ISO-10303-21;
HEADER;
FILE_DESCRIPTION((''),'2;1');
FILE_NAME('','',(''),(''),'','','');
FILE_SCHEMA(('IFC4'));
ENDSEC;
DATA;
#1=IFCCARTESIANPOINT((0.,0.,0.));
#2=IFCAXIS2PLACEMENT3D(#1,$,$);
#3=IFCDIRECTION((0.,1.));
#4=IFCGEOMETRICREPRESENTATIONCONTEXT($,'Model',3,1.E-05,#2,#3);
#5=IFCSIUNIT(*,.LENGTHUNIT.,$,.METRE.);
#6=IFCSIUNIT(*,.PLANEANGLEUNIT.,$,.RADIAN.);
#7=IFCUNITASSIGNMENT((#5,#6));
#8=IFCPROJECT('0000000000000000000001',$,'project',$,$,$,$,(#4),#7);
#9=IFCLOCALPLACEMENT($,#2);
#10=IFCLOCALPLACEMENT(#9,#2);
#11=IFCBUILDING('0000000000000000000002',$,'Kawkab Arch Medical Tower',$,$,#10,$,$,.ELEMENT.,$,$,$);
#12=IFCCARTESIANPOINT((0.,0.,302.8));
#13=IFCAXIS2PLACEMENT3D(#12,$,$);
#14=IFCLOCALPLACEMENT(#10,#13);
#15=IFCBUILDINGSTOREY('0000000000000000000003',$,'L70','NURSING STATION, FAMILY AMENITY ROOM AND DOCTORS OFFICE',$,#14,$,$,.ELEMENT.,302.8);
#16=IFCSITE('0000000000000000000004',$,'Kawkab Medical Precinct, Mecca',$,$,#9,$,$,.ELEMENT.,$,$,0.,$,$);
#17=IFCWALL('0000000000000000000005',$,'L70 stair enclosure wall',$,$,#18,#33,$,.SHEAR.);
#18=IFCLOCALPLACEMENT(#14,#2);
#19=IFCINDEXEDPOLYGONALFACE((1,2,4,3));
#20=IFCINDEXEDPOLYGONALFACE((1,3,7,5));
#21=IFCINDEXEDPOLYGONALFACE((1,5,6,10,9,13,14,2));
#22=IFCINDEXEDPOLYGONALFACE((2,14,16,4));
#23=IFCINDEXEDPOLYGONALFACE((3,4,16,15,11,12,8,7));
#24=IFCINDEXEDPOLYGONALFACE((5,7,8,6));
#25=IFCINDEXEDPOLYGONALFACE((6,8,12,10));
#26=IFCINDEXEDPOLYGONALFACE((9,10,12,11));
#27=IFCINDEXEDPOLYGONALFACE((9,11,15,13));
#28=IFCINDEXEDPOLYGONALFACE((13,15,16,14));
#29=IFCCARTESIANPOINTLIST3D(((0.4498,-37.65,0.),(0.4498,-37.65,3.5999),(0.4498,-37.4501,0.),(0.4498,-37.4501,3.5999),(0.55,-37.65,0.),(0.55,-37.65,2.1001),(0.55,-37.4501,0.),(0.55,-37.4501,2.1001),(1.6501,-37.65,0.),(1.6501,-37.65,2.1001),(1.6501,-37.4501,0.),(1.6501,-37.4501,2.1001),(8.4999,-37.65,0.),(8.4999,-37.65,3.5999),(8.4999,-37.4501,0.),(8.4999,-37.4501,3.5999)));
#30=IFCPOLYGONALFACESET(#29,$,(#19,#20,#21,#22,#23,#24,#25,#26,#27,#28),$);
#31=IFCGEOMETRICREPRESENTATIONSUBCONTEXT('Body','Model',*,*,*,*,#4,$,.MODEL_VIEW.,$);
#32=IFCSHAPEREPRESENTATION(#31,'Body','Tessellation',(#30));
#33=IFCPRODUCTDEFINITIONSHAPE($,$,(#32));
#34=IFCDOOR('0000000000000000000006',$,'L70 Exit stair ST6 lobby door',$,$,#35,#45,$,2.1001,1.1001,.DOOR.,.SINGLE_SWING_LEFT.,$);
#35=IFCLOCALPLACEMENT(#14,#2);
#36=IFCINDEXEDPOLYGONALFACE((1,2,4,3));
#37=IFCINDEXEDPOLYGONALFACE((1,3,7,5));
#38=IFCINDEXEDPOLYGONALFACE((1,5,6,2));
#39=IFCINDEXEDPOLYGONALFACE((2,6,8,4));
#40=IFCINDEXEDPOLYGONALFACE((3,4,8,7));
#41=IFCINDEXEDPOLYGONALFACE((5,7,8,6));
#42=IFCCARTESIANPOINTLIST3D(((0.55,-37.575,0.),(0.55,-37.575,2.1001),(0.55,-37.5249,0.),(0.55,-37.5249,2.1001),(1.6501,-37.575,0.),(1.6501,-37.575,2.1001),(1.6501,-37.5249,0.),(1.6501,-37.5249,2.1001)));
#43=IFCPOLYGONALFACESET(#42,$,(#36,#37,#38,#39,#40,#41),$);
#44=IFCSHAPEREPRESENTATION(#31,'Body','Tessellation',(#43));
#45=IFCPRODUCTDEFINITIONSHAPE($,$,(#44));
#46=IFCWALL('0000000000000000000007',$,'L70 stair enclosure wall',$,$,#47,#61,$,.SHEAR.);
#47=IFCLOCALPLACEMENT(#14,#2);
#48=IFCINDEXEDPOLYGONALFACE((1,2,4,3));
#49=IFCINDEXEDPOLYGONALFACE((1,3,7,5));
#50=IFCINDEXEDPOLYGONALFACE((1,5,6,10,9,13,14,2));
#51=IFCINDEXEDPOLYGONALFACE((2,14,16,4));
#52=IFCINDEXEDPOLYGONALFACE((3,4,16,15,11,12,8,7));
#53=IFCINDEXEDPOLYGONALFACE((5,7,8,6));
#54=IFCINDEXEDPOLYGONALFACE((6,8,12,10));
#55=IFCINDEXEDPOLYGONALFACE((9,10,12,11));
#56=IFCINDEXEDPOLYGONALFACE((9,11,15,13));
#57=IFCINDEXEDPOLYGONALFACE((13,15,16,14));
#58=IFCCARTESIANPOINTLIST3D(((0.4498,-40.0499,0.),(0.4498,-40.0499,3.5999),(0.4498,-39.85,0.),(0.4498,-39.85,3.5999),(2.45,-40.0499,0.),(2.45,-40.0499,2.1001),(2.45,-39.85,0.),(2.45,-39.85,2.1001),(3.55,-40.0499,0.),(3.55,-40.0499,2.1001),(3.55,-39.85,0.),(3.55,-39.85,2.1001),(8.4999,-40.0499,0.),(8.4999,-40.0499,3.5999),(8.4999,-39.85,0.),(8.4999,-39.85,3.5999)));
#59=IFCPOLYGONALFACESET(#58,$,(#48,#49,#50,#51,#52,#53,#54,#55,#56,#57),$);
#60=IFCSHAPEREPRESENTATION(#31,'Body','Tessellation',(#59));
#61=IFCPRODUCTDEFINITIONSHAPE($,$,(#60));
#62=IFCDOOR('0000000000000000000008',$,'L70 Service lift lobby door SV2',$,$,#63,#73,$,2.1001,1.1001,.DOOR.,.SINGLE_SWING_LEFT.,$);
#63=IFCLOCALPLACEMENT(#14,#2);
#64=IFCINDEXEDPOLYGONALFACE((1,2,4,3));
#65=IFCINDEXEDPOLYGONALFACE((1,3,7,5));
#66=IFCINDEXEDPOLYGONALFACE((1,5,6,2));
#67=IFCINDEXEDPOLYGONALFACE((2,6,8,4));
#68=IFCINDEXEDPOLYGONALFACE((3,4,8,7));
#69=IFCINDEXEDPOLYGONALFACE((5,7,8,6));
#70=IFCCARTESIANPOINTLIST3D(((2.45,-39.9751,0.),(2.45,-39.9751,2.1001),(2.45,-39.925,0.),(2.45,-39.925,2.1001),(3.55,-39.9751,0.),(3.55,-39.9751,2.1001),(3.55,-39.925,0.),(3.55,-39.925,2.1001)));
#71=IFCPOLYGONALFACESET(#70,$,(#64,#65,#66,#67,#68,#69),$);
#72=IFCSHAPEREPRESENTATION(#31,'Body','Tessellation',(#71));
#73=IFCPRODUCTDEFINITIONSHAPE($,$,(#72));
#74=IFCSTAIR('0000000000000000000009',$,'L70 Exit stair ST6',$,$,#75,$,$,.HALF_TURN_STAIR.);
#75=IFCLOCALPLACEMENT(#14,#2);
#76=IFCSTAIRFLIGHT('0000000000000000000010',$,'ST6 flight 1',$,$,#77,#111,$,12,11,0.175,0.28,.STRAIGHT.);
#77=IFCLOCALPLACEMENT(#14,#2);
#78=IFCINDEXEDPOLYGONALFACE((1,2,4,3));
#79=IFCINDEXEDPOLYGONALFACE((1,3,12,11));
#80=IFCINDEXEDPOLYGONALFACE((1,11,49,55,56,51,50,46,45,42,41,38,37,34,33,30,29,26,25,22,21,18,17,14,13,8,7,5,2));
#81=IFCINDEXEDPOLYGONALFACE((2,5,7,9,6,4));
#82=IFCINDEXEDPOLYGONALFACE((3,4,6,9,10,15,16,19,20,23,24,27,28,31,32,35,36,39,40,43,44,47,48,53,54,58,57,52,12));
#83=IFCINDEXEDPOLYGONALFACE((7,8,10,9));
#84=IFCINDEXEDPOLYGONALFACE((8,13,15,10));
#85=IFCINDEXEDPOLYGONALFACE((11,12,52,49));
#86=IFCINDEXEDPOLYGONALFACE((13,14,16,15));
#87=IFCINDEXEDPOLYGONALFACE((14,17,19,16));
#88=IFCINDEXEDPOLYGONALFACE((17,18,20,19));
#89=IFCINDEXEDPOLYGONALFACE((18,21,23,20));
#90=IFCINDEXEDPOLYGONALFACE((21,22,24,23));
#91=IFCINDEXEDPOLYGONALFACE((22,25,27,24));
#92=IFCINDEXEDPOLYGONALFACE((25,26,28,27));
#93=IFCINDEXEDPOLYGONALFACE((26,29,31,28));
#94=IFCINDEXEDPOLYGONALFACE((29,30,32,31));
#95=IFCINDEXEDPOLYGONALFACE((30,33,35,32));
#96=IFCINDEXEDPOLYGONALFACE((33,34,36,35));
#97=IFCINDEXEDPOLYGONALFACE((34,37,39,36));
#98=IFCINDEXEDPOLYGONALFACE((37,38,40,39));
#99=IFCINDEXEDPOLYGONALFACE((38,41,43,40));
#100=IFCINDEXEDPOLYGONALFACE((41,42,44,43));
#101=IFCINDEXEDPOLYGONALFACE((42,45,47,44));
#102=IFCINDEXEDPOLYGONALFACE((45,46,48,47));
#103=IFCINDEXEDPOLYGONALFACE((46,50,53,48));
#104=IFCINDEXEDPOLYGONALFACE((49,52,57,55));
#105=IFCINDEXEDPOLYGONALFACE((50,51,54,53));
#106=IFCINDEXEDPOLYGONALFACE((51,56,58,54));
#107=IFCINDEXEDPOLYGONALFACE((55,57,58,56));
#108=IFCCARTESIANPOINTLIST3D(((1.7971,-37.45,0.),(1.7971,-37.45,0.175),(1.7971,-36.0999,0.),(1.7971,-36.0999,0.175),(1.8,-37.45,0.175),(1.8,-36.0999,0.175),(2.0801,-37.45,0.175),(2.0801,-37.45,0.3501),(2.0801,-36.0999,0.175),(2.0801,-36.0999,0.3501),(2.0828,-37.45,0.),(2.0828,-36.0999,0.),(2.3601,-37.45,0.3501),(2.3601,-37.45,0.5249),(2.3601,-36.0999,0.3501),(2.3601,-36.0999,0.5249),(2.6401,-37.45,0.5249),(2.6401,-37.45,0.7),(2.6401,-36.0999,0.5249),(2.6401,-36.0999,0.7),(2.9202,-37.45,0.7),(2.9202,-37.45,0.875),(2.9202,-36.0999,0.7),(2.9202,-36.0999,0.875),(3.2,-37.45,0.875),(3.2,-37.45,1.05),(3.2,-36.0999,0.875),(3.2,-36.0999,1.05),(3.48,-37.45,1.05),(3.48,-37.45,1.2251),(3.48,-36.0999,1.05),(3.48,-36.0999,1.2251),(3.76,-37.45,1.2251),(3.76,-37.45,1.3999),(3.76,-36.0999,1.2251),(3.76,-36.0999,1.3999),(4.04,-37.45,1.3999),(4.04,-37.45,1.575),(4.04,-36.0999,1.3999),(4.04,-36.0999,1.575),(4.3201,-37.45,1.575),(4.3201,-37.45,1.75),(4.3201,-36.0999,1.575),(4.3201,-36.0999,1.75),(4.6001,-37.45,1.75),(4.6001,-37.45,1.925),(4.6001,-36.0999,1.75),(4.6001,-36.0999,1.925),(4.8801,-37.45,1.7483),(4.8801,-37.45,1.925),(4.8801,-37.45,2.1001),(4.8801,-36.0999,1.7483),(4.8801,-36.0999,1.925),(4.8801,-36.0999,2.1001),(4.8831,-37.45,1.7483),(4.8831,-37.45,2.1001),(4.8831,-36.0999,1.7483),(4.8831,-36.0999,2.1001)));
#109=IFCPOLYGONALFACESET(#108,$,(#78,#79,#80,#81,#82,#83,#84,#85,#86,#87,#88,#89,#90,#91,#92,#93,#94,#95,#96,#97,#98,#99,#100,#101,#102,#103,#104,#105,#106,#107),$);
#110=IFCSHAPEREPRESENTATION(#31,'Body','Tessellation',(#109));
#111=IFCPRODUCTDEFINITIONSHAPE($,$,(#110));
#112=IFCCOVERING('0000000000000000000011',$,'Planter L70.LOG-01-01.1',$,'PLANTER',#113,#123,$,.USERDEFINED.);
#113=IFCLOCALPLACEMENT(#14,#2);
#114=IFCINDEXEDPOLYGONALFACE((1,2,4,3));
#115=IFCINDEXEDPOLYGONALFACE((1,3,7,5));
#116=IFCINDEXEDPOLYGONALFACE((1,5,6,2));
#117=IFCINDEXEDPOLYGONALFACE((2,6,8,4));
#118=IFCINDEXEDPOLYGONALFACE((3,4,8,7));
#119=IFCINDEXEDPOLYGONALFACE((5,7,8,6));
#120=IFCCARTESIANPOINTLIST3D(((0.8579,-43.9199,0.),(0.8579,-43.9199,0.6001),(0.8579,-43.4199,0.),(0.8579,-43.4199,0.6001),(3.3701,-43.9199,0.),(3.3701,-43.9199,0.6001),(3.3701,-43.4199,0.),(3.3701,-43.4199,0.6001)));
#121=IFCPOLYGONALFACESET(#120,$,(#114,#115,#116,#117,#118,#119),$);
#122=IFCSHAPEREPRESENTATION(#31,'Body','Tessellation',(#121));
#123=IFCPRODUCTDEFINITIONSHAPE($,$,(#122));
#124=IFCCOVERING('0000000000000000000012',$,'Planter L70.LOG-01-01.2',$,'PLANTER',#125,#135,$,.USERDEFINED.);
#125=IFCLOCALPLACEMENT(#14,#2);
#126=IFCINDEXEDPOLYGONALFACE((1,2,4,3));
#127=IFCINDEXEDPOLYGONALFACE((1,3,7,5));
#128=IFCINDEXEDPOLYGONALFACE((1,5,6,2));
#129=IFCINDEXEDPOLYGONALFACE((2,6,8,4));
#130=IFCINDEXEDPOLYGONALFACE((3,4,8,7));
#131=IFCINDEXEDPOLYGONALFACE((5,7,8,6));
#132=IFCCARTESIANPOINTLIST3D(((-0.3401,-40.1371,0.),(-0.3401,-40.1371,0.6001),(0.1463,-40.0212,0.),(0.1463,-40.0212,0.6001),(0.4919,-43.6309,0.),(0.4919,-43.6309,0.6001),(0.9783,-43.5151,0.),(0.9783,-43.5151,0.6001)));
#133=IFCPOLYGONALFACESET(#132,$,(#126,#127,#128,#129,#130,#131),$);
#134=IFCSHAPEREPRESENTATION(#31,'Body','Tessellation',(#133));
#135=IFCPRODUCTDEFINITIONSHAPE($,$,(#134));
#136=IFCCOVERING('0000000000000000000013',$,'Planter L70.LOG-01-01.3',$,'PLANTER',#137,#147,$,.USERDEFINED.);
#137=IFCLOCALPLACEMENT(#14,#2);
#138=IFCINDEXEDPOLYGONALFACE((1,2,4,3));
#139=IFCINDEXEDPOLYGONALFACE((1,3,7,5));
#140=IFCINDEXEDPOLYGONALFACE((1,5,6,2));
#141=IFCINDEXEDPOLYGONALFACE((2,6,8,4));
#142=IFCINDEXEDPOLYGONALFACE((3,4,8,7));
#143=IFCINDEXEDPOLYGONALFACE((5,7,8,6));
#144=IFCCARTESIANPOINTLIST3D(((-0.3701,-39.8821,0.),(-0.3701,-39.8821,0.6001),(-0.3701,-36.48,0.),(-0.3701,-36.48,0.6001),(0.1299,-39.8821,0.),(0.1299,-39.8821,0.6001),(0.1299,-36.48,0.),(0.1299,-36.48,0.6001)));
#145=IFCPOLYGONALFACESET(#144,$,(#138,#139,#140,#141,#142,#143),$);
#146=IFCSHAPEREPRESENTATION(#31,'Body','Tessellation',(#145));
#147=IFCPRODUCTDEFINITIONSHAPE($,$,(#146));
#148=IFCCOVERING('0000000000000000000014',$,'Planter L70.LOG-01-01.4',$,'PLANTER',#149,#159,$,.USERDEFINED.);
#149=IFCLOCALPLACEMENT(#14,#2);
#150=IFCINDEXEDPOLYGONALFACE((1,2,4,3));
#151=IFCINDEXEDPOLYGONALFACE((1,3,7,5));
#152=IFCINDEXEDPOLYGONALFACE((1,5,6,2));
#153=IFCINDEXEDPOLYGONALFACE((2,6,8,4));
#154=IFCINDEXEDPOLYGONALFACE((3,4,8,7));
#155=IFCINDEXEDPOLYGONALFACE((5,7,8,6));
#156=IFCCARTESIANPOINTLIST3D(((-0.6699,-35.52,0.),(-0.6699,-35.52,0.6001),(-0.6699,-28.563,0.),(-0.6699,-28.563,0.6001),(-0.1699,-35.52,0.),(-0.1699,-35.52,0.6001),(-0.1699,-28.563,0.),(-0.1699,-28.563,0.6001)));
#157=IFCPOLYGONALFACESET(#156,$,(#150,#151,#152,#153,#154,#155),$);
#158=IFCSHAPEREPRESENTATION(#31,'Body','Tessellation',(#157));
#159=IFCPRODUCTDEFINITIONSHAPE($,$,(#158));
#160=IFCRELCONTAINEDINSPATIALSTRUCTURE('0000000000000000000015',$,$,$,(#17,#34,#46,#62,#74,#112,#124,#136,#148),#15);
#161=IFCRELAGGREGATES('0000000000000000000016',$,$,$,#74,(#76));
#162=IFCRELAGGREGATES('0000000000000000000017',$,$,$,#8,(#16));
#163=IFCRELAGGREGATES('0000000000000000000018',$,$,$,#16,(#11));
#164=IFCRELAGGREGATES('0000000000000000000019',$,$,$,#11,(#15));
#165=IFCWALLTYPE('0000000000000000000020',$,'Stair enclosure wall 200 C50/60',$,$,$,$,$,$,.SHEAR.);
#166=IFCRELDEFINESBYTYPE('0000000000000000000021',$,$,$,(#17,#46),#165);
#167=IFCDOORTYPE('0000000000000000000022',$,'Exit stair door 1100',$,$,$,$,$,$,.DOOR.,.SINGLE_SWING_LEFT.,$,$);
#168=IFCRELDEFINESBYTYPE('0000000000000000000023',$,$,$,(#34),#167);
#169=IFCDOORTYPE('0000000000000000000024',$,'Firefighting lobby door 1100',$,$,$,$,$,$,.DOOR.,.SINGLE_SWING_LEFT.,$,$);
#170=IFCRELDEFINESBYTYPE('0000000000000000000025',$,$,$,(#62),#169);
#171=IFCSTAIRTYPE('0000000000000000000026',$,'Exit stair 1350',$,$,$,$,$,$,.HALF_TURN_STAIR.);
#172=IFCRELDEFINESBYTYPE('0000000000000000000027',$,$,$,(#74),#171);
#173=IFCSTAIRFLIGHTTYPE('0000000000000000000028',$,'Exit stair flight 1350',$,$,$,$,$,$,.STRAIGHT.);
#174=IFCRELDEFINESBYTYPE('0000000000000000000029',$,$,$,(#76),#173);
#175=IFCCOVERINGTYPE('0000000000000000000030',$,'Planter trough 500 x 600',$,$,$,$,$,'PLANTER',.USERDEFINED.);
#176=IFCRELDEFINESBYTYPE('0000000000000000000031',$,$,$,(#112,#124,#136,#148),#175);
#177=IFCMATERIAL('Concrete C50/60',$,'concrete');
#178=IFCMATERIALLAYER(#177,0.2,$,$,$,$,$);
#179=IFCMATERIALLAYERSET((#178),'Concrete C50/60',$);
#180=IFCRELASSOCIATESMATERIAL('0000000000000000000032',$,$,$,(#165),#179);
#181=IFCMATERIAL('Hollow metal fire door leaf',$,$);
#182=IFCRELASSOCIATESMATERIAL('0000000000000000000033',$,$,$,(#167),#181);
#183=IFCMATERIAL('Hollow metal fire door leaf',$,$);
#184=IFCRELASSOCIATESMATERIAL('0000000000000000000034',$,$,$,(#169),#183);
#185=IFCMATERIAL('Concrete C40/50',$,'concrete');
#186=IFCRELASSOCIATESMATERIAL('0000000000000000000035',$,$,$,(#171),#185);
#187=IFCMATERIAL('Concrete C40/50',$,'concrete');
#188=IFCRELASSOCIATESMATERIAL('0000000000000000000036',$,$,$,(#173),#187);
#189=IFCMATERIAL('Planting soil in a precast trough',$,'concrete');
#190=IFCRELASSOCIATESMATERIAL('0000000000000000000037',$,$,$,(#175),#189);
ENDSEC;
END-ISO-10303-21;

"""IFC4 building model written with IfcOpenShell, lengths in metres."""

from ifc_helpers import new_model, si_unit, direction, frame, frame_2d, origin, origin_2d, place, context, subcontext, project, spatial, polyline, rectangle, outline, extrude, material, layer, layer_set, material_profile, profile_set, type_object, element, fill, aggregate, save


model = new_model("IFC4")

# Units and contexts
model_context = context("Model", 3, precision=1e-05, world=origin(), true_north=direction((0.0, 1.0)))
body_context = subcontext(model_context, "Body", "Model", "MODEL_VIEW")
ifc_project = project(units=[si_unit("LENGTHUNIT", "METRE"), si_unit("PLANEANGLEUNIT", "RADIAN")], contexts=[model_context])

# Site, building, storey
site_placement = place(None, origin())
site = spatial("IfcSite", under=ifc_project, at=site_placement, Name="Kawkab Medical Precinct, Mecca", CompositionType="ELEMENT", RefElevation=0.0)
building_placement = place(site_placement, origin())
building = spatial("IfcBuilding", under=site, at=building_placement, Name="Kawkab Arch Medical Tower", CompositionType="ELEMENT")
storey_placement = place(building_placement, frame((0.0, 0.0, 302.8)))
storey = spatial("IfcBuildingStorey", under=building, at=storey_placement, Name="L70", Description="NURSING STATION, FAMILY AMENITY ROOM AND DOCTORS OFFICE", CompositionType="ELEMENT", Elevation=302.8)

# Shared definitions
placement = place(storey_placement, origin())

# Walls, openings, doors
ifc_material_1 = material(Name="Concrete C50/60", Category="concrete")
ifc_layer_1 = layer(ifc_material_1, 0.2)
ifc_layer_set_1 = layer_set([ifc_layer_1], Name="Concrete C50/60")
wall_type_1 = type_object("IfcWallType", Name="Stair enclosure wall 200 C50/60", PredefinedType="SHEAR", material=ifc_layer_set_1)
ifc_material_2 = material(Name="Hollow metal fire door leaf")
door_type_1 = type_object("IfcDoorType", Name="Exit stair door 1100", OperationType="SINGLE_SWING_LEFT", PredefinedType="DOOR", material=ifc_material_2)
wall_1_placement = place(storey_placement, frame((0.45, -37.55, 0.0), z_axis=(0.0, 0.0, 1.0), x_axis=(1.0, 0.0, 0.0)))
wall_1 = element("IfcWall", 1, at=wall_1_placement, inside=storey, type_object=wall_type_1, Name="L70 stair enclosure wall", PredefinedType="SHEAR", context=body_context, shape_type="SweptSolid", body=[
    extrude(rectangle(XDim=8.05, YDim=0.2, at=frame_2d((4.0249, 0.0))), origin(), (0.0, 0.0, 1.0), 3.5999),
])
opening_1_placement = place(wall_1_placement, frame((0.1001, 0.0, 0.0)))
opening_1 = element("IfcOpeningElement", 2, at=opening_1_placement, cuts=wall_1, PredefinedType="OPENING", context=body_context, shape_type="SweptSolid", body=[
    extrude(rectangle(XDim=1.1001, YDim=2.1001, at=frame_2d((0.55, 1.05))), frame((0.0, 0.1099, 0.0), z_axis=(0.0, -1.0, 0.0), x_axis=(1.0, 0.0, 0.0)), (0.0, 0.0, 1.0), 0.22),
])
door_1_placement = place(opening_1_placement, frame((1.1001, 0.0, 0.0), z_axis=(0.0, 0.0, 1.0), x_axis=(-1.0, 0.0, 0.0)))
door_1 = element("IfcDoor", 3, at=door_1_placement, inside=storey, type_object=door_type_1, Name="L70 Exit stair ST6 lobby door", OperationType="SINGLE_SWING_LEFT", OverallHeight=2.1001, OverallWidth=1.1001, PredefinedType="DOOR", context=body_context, shape_type="SweptSolid", body=[
    extrude(rectangle(XDim=1.1001, YDim=2.1001, at=frame_2d((0.55, 1.05))), frame((0.0, 0.0249, 0.0), z_axis=(0.0, -1.0, 0.0), x_axis=(1.0, 0.0, 0.0)), (0.0, 0.0, 1.0), 0.05),
])
fill(opening_1, door_1)
wall_2_placement = place(storey_placement, frame((0.45, -39.95, 0.0), z_axis=(0.0, 0.0, 1.0), x_axis=(1.0, 0.0, 0.0)))
wall_2 = element("IfcWall", 4, at=wall_2_placement, inside=storey, type_object=wall_type_1, Name="L70 stair enclosure wall", PredefinedType="SHEAR", context=body_context, shape_type="SweptSolid", body=[
    extrude(rectangle(XDim=8.05, YDim=0.2, at=frame_2d((4.0249, 0.0))), origin(), (0.0, 0.0, 1.0), 3.5999),
])
opening_2_placement = place(wall_2_placement, frame((2.0, 0.0, 0.0)))
opening_2 = element("IfcOpeningElement", 5, at=opening_2_placement, cuts=wall_2, PredefinedType="OPENING", context=body_context, shape_type="SweptSolid", body=[
    extrude(rectangle(XDim=1.1001, YDim=2.1001, at=frame_2d((0.55, 1.05))), frame((0.0, 0.1099, 0.0), z_axis=(0.0, -1.0, 0.0), x_axis=(1.0, 0.0, 0.0)), (0.0, 0.0, 1.0), 0.22),
])
ifc_material_3 = material(Name="Hollow metal fire door leaf")
door_type_2 = type_object("IfcDoorType", Name="Firefighting lobby door 1100", OperationType="SINGLE_SWING_LEFT", PredefinedType="DOOR", material=ifc_material_3)
door_2_placement = place(opening_2_placement, origin())
door_2 = element("IfcDoor", 6, at=door_2_placement, inside=storey, type_object=door_type_2, Name="L70 Service lift lobby door SV2", OperationType="SINGLE_SWING_LEFT", OverallHeight=2.1001, OverallWidth=1.1001, PredefinedType="DOOR", context=body_context, shape_type="SweptSolid", body=[
    extrude(rectangle(XDim=1.1001, YDim=2.1001, at=frame_2d((0.55, 1.05))), frame((0.0, 0.0249, 0.0), z_axis=(0.0, -1.0, 0.0), x_axis=(1.0, 0.0, 0.0)), (0.0, 0.0, 1.0), 0.05),
])
fill(opening_2, door_2)

# Stair, stair flight
ifc_material_4 = material(Name="Concrete C40/50", Category="concrete")
stair_type = type_object("IfcStairType", Name="Exit stair 1350", PredefinedType="HALF_TURN_STAIR", material=ifc_material_4)
stair = element("IfcStair", 7, at=placement, inside=storey, type_object=stair_type, Name="L70 Exit stair ST6", PredefinedType="HALF_TURN_STAIR")
ifc_material_5 = material(Name="Concrete C40/50", Category="concrete")
stair_flight_type = type_object("IfcStairFlightType", Name="Exit stair flight 1350", PredefinedType="STRAIGHT", material=ifc_material_5)
stair_flight_placement = place(storey_placement, frame((1.8, -36.7749, 0.0), z_axis=(0.0, 0.0, 1.0), x_axis=(1.0, 0.0, 0.0)))
stair_flight = element("IfcStairFlight", 8, at=stair_flight_placement, type_object=stair_flight_type, Name="ST6 flight 1", NumberOfRisers=12, NumberOfTreads=11, PredefinedType="STRAIGHT", RiserHeight=0.175, TreadLength=0.28, context=body_context, shape_type="SweptSolid", body=[
    extrude(outline(polyline([(-0.0029, 0.0), (-0.0029, 0.175), (0.0, 0.175), (0.28, 0.175), (0.28, 0.3501), (0.5601, 0.3501), (0.5601, 0.5249), (0.8401, 0.5249), (0.8401, 0.7), (1.1201, 0.7), (1.1201, 0.875), (1.3999, 0.875), (1.3999, 1.05), (1.6799, 1.05), (1.6799, 1.2251), (1.96, 1.2251), (1.96, 1.3999), (2.24, 1.3999), (2.24, 1.575), (2.52, 1.575), (2.52, 1.75), (2.8, 1.75), (2.8, 1.925), (3.0801, 1.925), (3.0801, 2.1001), (3.083, 2.1001), (3.083, 1.7483), (3.0801, 1.7483), (0.2827, 0.0), (-0.0029, 0.0)])), frame((0.0, 0.675, 0.0), z_axis=(0.0, -1.0, 0.0), x_axis=(1.0, 0.0, 0.0)), (0.0, 0.0, 1.0), 1.3501),
])
aggregate(stair, [stair_flight])

# Coverings
ifc_material_6 = material(Name="Planting soil in a precast trough", Category="concrete")
ifc_material_profile_1 = material_profile(ifc_material_6, rectangle(XDim=0.5, YDim=0.6001, at=origin_2d()), Name="Trough 500x600")
ifc_profile_set_1 = profile_set([ifc_material_profile_1], Name="Planting soil in a precast trough")
covering_type = type_object("IfcCoveringType", Name="Planter trough 500 x 600", ElementType="PLANTER", PredefinedType="USERDEFINED", material=ifc_profile_set_1)
covering_1_placement = place(storey_placement, frame((3.3701, -43.6699, 0.3), z_axis=(-1.0, 0.0, 0.0), x_axis=(0.0, -1.0, 0.0)))
element("IfcCovering", 9, at=covering_1_placement, inside=storey, type_object=covering_type, Name="Planter L70.LOG-01-01.1", ObjectType="PLANTER", PredefinedType="USERDEFINED", context=body_context, shape_type="SweptSolid", body=[
    extrude(rectangle(XDim=0.5, YDim=0.6001, at=origin_2d()), origin(), (0.0, 0.0, 1.0), 2.5122),
])
covering_2_placement = place(storey_placement, frame((0.7351, -43.573, 0.3), z_axis=(-0.23166, 0.972797, 0.0), x_axis=(-0.972797, -0.23166, 0.0)))
element("IfcCovering", 10, at=covering_2_placement, inside=storey, type_object=covering_type, Name="Planter L70.LOG-01-01.2", ObjectType="PLANTER", PredefinedType="USERDEFINED", context=body_context, shape_type="SweptSolid", body=[
    extrude(rectangle(XDim=0.5, YDim=0.6001, at=origin_2d()), origin(), (0.0, 0.0, 1.0), 3.5916),
])
covering_3_placement = place(storey_placement, frame((-0.1201, -39.8821, 0.3), z_axis=(0.0, 1.0, 0.0), x_axis=(-1.0, 0.0, 0.0)))
element("IfcCovering", 11, at=covering_3_placement, inside=storey, type_object=covering_type, Name="Planter L70.LOG-01-01.3", ObjectType="PLANTER", PredefinedType="USERDEFINED", context=body_context, shape_type="SweptSolid", body=[
    extrude(rectangle(XDim=0.5, YDim=0.6001, at=origin_2d()), origin(), (0.0, 0.0, 1.0), 3.4021),
])
covering_4_placement = place(storey_placement, frame((-0.4199, -35.52, 0.3), z_axis=(0.0, 1.0, 0.0), x_axis=(-1.0, 0.0, 0.0)))
element("IfcCovering", 12, at=covering_4_placement, inside=storey, type_object=covering_type, Name="Planter L70.LOG-01-01.4", ObjectType="PLANTER", PredefinedType="USERDEFINED", context=body_context, shape_type="SweptSolid", body=[
    extrude(rectangle(XDim=0.5, YDim=0.6001, at=origin_2d()), origin(), (0.0, 0.0, 1.0), 6.957),
])

save(model, "model.ifc")
